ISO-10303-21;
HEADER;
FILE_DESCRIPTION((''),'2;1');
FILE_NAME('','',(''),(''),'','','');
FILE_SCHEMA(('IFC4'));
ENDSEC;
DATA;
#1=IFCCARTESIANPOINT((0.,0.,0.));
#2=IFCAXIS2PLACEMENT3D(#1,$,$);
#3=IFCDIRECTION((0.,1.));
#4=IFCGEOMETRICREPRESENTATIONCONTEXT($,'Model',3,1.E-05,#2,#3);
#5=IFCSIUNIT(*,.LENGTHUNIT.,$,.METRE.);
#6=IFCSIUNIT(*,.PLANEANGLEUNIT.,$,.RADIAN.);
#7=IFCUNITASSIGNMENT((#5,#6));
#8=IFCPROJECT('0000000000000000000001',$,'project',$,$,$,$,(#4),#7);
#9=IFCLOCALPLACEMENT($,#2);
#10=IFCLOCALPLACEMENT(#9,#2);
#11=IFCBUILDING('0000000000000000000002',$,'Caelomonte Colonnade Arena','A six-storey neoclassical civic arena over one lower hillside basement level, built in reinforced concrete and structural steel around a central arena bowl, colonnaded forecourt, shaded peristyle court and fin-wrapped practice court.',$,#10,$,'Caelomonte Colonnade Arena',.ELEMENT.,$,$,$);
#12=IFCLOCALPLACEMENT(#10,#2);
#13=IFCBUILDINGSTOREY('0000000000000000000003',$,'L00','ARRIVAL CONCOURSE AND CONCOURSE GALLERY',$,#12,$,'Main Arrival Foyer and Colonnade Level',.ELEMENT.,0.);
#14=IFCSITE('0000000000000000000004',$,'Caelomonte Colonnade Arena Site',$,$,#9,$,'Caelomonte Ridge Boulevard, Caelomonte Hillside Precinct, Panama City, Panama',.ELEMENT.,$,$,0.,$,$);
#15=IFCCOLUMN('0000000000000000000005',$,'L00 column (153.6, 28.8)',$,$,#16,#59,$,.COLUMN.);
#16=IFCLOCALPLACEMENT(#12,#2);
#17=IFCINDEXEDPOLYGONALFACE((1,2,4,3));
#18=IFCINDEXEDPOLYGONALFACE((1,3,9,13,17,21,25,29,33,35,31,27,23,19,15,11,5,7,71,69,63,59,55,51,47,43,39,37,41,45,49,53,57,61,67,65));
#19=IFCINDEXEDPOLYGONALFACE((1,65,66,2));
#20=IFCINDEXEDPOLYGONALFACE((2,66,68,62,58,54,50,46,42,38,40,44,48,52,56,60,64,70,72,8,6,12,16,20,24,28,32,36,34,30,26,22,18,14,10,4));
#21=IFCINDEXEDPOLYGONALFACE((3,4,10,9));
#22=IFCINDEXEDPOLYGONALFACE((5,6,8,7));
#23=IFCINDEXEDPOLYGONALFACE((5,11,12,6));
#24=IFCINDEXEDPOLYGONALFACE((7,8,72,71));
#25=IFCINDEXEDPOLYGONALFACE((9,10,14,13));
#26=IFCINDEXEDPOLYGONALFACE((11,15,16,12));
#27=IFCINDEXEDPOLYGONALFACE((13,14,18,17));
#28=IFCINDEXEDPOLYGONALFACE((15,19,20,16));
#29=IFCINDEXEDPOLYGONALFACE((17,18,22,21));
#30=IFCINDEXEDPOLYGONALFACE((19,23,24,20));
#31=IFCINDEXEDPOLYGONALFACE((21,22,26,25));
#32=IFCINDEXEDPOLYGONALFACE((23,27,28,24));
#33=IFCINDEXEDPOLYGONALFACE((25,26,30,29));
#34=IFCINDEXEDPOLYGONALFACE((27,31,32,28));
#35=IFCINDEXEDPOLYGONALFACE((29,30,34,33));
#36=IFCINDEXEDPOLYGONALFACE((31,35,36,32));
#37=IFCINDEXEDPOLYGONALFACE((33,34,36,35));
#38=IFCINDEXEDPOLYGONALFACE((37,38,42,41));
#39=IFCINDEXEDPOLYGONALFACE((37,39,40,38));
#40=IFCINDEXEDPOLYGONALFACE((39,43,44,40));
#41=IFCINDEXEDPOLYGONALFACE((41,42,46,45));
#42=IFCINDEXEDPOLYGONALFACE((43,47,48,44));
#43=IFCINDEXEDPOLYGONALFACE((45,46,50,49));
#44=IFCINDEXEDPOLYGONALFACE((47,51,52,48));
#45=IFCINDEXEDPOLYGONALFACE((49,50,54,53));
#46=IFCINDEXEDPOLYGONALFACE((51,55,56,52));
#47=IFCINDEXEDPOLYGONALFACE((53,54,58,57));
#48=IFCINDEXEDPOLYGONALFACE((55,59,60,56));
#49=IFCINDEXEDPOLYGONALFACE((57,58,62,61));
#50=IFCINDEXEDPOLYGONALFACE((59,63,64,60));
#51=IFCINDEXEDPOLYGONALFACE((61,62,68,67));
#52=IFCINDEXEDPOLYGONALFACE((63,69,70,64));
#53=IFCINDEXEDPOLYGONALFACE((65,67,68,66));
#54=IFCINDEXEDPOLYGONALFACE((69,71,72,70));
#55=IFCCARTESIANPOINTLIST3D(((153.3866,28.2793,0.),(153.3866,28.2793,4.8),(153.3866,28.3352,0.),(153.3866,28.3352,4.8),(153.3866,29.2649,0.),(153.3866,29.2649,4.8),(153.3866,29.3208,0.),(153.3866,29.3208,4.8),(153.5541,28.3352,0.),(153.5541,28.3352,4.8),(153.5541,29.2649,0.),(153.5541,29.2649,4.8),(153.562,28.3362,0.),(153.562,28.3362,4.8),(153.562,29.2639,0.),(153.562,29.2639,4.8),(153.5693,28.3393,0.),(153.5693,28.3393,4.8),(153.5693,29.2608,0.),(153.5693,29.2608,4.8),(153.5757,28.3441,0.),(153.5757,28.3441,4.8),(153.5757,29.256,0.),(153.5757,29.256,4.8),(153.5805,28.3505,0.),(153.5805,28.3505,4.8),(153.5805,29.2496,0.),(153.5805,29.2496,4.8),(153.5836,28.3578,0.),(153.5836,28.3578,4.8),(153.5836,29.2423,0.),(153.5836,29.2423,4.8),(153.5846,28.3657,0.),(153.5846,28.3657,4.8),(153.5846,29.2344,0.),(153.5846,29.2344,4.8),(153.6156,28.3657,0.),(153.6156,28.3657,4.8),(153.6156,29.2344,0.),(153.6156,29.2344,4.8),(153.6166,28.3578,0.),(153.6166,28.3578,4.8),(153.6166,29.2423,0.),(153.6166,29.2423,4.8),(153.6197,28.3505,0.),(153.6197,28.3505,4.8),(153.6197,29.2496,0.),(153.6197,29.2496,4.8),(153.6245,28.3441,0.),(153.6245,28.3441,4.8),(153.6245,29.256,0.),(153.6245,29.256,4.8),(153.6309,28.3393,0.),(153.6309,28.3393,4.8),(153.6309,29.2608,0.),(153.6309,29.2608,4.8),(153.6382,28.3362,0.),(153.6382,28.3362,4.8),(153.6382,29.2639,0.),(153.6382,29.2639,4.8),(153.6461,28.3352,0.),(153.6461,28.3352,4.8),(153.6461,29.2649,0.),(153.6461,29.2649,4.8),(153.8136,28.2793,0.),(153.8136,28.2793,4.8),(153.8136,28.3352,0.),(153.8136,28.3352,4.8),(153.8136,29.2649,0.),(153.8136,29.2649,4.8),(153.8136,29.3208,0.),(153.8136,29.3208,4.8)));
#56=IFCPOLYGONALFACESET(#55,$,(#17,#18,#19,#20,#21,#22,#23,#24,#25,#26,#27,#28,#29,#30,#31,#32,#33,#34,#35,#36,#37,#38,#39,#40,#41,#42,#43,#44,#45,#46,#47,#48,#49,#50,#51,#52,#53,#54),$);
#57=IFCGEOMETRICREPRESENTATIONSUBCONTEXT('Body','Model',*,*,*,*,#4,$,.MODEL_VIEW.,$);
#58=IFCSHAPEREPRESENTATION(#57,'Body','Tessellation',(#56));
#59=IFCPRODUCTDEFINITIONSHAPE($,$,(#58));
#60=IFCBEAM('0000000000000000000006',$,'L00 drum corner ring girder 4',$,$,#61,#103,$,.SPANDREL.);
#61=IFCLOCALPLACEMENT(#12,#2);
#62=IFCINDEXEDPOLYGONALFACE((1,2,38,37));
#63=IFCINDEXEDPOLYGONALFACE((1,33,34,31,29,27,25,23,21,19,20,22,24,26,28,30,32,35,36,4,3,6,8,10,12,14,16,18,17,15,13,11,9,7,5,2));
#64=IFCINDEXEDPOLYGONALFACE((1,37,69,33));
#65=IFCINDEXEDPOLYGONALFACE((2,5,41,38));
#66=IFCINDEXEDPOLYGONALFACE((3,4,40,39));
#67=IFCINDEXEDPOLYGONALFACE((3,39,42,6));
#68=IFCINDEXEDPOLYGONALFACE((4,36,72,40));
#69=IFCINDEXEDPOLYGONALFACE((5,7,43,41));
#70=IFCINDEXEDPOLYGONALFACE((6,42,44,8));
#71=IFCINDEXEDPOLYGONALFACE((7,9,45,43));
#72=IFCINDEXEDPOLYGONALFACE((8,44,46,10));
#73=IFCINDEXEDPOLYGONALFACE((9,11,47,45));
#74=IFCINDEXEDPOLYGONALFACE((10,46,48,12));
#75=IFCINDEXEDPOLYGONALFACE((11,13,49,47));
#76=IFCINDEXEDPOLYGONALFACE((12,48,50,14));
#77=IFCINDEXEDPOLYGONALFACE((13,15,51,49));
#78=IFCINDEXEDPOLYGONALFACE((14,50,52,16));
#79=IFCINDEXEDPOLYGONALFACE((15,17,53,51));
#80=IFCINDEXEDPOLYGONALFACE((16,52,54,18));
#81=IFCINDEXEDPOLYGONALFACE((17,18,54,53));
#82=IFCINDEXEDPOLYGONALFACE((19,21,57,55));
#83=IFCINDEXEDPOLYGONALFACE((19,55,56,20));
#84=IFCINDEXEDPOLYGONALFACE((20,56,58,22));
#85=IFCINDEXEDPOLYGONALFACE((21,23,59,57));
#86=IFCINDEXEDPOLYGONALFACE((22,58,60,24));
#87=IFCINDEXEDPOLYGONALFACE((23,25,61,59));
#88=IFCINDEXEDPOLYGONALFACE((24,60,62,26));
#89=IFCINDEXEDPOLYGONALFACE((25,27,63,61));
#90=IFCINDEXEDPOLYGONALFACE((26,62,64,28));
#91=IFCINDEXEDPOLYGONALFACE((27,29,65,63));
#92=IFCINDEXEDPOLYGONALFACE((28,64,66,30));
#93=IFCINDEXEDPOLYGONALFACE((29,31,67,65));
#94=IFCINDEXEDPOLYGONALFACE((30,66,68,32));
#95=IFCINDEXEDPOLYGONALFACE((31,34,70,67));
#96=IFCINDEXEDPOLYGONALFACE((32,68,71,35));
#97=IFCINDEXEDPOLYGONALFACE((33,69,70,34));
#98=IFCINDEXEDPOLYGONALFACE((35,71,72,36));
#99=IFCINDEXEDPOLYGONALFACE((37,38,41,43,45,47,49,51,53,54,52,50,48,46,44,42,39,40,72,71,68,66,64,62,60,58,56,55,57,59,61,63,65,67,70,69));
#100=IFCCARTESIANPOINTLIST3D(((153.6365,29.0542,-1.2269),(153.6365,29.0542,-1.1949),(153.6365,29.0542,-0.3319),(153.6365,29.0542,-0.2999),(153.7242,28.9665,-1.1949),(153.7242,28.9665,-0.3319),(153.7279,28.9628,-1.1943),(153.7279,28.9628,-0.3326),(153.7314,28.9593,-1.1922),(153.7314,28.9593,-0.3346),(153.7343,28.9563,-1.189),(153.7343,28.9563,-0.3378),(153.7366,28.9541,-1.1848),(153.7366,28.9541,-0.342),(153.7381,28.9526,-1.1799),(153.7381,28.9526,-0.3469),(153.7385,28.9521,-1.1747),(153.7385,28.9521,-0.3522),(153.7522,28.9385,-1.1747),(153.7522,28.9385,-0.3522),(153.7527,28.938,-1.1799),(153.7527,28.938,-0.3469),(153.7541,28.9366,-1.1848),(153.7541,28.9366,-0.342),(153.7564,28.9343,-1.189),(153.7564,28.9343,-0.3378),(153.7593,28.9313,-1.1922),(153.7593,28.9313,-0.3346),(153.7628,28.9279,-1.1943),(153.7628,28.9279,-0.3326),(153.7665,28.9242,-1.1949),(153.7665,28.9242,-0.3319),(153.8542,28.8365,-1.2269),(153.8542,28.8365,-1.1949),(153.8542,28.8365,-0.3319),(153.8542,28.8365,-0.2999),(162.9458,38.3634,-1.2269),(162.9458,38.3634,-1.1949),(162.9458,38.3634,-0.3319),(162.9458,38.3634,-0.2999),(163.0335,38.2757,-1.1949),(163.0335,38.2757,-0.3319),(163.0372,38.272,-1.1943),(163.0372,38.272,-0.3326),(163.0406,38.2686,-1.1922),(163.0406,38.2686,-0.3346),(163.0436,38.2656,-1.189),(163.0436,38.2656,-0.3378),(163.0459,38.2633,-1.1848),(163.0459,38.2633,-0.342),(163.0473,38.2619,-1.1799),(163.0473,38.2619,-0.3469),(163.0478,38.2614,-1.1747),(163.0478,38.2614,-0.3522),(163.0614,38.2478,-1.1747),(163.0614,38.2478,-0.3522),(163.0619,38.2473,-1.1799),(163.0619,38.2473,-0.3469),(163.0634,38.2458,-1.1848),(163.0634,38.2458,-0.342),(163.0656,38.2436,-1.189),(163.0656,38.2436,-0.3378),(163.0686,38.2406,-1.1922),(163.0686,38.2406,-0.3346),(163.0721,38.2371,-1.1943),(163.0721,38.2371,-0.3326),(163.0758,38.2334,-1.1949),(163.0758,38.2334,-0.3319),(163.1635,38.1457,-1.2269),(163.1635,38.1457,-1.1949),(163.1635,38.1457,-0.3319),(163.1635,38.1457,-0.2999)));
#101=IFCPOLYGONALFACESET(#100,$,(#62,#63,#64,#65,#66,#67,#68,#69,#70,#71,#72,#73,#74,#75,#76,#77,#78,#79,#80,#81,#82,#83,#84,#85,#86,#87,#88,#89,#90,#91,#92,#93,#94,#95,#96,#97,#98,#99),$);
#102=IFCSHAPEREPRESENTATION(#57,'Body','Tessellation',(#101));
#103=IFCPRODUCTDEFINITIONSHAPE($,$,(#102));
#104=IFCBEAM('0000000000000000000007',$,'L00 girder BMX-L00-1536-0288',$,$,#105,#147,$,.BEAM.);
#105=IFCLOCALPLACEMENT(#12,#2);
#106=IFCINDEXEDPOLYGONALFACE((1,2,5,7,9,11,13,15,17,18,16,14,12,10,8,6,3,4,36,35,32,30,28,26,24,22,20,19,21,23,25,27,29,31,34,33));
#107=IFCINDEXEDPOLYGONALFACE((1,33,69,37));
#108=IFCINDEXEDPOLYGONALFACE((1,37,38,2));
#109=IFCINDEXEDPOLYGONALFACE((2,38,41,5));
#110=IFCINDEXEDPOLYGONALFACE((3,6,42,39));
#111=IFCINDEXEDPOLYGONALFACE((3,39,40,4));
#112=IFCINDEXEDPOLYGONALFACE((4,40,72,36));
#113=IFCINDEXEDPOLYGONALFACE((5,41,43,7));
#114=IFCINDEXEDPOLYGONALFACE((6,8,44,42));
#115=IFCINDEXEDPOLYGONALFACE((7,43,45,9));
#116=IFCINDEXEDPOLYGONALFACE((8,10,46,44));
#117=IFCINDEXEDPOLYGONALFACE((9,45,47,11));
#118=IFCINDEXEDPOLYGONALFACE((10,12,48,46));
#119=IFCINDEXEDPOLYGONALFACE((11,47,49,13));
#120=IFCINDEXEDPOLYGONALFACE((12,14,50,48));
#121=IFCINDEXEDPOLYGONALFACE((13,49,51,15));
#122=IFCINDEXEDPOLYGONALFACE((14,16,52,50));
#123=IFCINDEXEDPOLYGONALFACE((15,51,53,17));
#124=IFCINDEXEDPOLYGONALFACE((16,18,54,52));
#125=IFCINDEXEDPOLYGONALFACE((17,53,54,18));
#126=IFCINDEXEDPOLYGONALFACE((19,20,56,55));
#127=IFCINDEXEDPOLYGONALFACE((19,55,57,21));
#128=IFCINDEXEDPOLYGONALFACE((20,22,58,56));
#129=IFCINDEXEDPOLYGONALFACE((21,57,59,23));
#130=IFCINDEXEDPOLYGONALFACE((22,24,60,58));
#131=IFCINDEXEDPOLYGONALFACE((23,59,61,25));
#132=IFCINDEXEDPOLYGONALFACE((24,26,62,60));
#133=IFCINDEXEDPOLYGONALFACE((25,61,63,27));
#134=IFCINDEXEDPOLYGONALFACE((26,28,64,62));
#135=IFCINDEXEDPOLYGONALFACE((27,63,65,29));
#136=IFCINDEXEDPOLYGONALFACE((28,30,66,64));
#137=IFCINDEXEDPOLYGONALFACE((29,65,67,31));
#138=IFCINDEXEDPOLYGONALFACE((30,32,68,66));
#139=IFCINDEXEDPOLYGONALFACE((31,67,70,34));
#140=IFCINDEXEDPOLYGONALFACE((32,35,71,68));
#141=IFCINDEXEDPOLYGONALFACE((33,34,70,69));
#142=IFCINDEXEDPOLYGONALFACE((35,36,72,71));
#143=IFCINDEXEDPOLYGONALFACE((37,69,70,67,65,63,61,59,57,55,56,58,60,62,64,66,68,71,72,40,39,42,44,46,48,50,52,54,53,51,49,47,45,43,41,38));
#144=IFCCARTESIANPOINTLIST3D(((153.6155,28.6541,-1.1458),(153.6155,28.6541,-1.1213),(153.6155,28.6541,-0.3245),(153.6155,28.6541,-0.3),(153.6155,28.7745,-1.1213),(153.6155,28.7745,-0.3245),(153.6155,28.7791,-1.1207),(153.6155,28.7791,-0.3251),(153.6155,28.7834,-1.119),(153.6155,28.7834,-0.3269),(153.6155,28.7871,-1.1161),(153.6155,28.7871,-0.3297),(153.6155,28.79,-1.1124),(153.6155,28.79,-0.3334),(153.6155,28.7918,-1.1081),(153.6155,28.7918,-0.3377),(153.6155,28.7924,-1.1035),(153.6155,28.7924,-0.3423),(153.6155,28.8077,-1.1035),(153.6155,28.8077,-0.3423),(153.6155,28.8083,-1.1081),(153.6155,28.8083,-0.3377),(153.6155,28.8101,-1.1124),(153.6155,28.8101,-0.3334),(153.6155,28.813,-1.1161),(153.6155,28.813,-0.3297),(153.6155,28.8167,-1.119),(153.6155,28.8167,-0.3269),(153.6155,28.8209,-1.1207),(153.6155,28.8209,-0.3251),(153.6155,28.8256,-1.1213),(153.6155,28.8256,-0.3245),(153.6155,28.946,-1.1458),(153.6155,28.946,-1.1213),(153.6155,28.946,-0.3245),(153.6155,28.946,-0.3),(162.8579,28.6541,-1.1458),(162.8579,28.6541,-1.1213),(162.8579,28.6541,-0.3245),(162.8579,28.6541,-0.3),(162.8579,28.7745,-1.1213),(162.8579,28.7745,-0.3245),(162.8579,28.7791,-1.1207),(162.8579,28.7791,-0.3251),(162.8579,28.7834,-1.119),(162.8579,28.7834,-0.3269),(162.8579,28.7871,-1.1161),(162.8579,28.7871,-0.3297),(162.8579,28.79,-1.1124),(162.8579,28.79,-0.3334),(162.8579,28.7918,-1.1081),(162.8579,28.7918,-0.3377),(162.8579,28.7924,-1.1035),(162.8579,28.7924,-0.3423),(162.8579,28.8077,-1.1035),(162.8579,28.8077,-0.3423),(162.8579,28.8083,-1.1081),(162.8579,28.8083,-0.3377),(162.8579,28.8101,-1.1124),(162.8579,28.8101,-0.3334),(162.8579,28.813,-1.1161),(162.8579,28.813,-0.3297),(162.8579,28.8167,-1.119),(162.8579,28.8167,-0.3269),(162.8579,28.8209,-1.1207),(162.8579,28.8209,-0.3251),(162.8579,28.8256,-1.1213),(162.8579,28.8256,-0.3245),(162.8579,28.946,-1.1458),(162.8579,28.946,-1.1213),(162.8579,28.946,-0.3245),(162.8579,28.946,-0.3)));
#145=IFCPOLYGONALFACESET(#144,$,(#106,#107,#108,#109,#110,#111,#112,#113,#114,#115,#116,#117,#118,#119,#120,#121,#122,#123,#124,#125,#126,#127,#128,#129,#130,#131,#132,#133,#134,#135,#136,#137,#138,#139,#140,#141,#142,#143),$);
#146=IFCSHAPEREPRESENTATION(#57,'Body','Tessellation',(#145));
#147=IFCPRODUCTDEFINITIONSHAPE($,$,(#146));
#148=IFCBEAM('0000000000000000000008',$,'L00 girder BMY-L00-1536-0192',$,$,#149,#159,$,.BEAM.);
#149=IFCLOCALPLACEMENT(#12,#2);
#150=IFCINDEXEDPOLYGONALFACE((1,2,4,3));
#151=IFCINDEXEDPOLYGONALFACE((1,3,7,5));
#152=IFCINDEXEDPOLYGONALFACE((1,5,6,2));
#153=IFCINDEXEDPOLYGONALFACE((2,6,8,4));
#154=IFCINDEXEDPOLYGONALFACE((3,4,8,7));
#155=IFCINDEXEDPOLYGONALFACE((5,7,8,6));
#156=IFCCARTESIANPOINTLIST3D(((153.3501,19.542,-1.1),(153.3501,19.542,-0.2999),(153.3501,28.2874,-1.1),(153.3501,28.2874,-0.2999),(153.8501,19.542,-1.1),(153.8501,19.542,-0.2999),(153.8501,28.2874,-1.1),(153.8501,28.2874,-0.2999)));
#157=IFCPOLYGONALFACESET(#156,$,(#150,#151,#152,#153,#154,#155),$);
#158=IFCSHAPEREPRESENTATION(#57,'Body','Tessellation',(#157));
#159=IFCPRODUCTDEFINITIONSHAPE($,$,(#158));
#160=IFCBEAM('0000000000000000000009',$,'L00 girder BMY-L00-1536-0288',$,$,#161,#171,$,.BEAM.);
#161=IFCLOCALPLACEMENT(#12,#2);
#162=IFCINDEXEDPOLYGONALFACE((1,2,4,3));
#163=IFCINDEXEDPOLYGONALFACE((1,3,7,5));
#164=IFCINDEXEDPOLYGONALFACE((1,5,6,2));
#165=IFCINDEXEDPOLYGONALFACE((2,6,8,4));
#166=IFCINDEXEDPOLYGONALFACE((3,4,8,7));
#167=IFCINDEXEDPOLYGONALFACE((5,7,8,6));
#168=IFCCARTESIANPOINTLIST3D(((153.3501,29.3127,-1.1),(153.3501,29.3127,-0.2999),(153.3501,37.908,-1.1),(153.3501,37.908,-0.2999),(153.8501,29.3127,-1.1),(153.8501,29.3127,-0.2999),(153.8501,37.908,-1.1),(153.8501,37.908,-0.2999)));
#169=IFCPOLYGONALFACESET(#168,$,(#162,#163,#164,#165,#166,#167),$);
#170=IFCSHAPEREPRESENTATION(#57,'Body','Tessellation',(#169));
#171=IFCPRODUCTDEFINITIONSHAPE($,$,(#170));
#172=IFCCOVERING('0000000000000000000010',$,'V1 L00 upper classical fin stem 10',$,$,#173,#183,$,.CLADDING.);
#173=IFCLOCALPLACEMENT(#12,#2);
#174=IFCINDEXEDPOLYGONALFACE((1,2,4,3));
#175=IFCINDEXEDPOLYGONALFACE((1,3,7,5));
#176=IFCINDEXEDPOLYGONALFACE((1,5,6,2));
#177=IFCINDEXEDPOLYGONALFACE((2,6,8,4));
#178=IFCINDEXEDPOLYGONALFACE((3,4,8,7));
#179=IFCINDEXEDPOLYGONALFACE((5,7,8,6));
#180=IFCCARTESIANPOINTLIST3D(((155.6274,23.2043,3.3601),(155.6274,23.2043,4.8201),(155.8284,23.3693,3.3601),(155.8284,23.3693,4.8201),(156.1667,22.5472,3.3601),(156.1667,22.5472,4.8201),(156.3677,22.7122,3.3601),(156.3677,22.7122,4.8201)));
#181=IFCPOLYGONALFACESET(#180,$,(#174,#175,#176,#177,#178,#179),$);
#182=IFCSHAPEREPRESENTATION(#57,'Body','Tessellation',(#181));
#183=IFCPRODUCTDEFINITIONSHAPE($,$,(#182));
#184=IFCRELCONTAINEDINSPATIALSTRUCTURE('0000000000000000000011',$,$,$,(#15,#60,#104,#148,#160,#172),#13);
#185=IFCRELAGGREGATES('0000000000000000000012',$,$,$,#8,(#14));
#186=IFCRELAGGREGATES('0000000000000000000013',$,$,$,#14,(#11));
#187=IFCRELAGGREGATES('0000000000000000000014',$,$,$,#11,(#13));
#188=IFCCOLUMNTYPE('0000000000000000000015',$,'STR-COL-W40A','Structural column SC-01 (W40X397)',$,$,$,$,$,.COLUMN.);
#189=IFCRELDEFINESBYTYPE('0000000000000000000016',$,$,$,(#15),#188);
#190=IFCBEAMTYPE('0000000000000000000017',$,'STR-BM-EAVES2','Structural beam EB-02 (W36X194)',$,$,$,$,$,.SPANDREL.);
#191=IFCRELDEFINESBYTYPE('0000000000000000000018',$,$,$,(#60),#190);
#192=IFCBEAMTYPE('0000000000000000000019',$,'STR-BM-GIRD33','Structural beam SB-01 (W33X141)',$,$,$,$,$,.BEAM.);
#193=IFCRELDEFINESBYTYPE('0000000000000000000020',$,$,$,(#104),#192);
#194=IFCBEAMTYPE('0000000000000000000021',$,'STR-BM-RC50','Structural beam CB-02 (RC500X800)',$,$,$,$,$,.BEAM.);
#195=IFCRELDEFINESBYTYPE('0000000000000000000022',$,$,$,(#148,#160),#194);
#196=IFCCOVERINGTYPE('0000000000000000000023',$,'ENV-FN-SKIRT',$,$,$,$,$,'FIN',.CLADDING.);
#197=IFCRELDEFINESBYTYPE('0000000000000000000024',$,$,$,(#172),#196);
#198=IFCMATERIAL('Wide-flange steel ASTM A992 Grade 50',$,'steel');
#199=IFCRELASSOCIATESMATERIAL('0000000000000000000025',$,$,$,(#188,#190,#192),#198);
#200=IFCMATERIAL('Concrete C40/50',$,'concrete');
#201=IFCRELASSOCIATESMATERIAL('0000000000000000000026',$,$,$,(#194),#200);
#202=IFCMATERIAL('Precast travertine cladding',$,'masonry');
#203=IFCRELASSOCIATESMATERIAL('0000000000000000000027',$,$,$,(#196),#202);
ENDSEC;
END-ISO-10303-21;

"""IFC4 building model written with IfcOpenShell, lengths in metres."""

from ifc_helpers import new_model, si_unit, direction, frame, origin, origin_2d, place, context, subcontext, project, spatial, rectangle, i_section, extrude, material, material_profile, profile_set, type_object, element, save


model = new_model("IFC4")

# Units and contexts
model_context = context("Model", 3, precision=1e-05, world=origin(), true_north=direction((0.0, 1.0)))
body_context = subcontext(model_context, "Body", "Model", "MODEL_VIEW")
ifc_project = project(units=[si_unit("LENGTHUNIT", "METRE"), si_unit("PLANEANGLEUNIT", "RADIAN")], contexts=[model_context])

# Site, building, storey
site_placement = place(None, origin())
site = spatial("IfcSite", under=ifc_project, at=site_placement, Name="Caelomonte Colonnade Arena Site", LongName="Caelomonte Ridge Boulevard, Caelomonte Hillside Precinct, Panama City, Panama", CompositionType="ELEMENT", RefElevation=0.0)
building_placement = place(site_placement, origin())
building = spatial("IfcBuilding", under=site, at=building_placement, Name="Caelomonte Colonnade Arena", Description="A six-storey neoclassical civic arena over one lower hillside basement level, built in reinforced concrete and structural steel around a central arena bowl, colonnaded forecourt, shaded peristyle court and fin-wrapped practice court.", LongName="Caelomonte Colonnade Arena", CompositionType="ELEMENT")
storey_placement = place(building_placement, origin())
storey = spatial("IfcBuildingStorey", under=building, at=storey_placement, Name="L00", Description="ARRIVAL CONCOURSE AND CONCOURSE GALLERY", LongName="Main Arrival Foyer and Colonnade Level", CompositionType="ELEMENT", Elevation=0.0)

# Column
ifc_material_1 = material(Name="Wide-flange steel ASTM A992 Grade 50", Category="steel")
ifc_material_profile_1 = material_profile(ifc_material_1, i_section(OverallWidth=0.427, OverallDepth=1.0415, WebThickness=0.031, FlangeThickness=0.0559, FilletRadius=0.0305, at=origin_2d()), Name="W40X397")
ifc_profile_set_1 = profile_set([ifc_material_profile_1], Name="Wide-flange steel ASTM A992 Grade 50")
column_type = type_object("IfcColumnType", Name="STR-COL-W40A", Description="Structural column SC-01 (W40X397)", PredefinedType="COLUMN", material=ifc_profile_set_1)
column_placement = place(storey_placement, frame((153.6001, 28.8, 0.0), z_axis=(0.0, 0.0, 1.0), x_axis=(1.0, 0.0, 0.0)))
element("IfcColumn", 1, at=column_placement, inside=storey, type_object=column_type, Name="L00 column (153.6, 28.8)", PredefinedType="COLUMN", context=body_context, shape_type="SweptSolid", body=[
    extrude(i_section(OverallWidth=0.427, OverallDepth=1.0415, WebThickness=0.031, FlangeThickness=0.0559, FilletRadius=0.0305, at=origin_2d()), origin(), (0.0, 0.0, 1.0), 4.8),
])

# Beams
ifc_material_profile_2 = material_profile(ifc_material_1, i_section(OverallWidth=0.3079, OverallDepth=0.927, WebThickness=0.0193, FlangeThickness=0.032, FilletRadius=0.0203, at=origin_2d()), Name="W36X194")
ifc_profile_set_2 = profile_set([ifc_material_profile_2], Name="Wide-flange steel ASTM A992 Grade 50")
beam_type_1 = type_object("IfcBeamType", Name="STR-BM-EAVES2", Description="Structural beam EB-02 (W36X194)", PredefinedType="SPANDREL", material=ifc_profile_set_2)
beam_1_placement = place(storey_placement, frame((153.7454, 28.9453, -0.7634), z_axis=(0.707107, 0.707107, 0.0), x_axis=(-0.707107, 0.707107, 0.0)))
element("IfcBeam", 2, at=beam_1_placement, inside=storey, type_object=beam_type_1, Name="L00 drum corner ring girder 4", PredefinedType="SPANDREL", context=body_context, shape_type="SweptSolid", body=[
    extrude(i_section(OverallWidth=0.3079, OverallDepth=0.927, WebThickness=0.0193, FlangeThickness=0.032, FilletRadius=0.0203, at=origin_2d()), origin(), (0.0, 0.0, 1.0), 13.1653),
])
ifc_material_profile_3 = material_profile(ifc_material_1, i_section(OverallWidth=0.292, OverallDepth=0.8457, WebThickness=0.0154, FlangeThickness=0.0244, FilletRadius=0.0178, at=origin_2d()), Name="W33X141")
ifc_profile_set_3 = profile_set([ifc_material_profile_3], Name="Wide-flange steel ASTM A992 Grade 50")
beam_type_2 = type_object("IfcBeamType", Name="STR-BM-GIRD33", Description="Structural beam SB-01 (W33X141)", PredefinedType="BEAM", material=ifc_profile_set_3)
beam_2_placement = place(storey_placement, frame((153.6155, 28.8, -0.7229), z_axis=(1.0, 0.0, 0.0), x_axis=(0.0, 1.0, 0.0)))
element("IfcBeam", 3, at=beam_2_placement, inside=storey, type_object=beam_type_2, Name="L00 girder BMX-L00-1536-0288", PredefinedType="BEAM", context=body_context, shape_type="SweptSolid", body=[
    extrude(i_section(OverallWidth=0.292, OverallDepth=0.8457, WebThickness=0.0154, FlangeThickness=0.0244, FilletRadius=0.0178, at=origin_2d()), origin(), (0.0, 0.0, 1.0), 9.2424),
])
ifc_material_2 = material(Name="Concrete C40/50", Category="concrete")
ifc_material_profile_4 = material_profile(ifc_material_2, rectangle(XDim=0.5, YDim=0.8, at=origin_2d()), Name="RC500X800")
ifc_profile_set_4 = profile_set([ifc_material_profile_4], Name="Concrete C40/50")
beam_type_3 = type_object("IfcBeamType", Name="STR-BM-RC50", Description="Structural beam CB-02 (RC500X800)", PredefinedType="BEAM", material=ifc_profile_set_4)
beam_3_placement = place(storey_placement, frame((153.6001, 19.542, -0.7), z_axis=(0.0, 1.0, 0.0), x_axis=(-1.0, 0.0, 0.0)))
element("IfcBeam", 4, at=beam_3_placement, inside=storey, type_object=beam_type_3, Name="L00 girder BMY-L00-1536-0192", PredefinedType="BEAM", context=body_context, shape_type="SweptSolid", body=[
    extrude(rectangle(XDim=0.5, YDim=0.8, at=origin_2d()), origin(), (0.0, 0.0, 1.0), 8.7454),
])
beam_4_placement = place(storey_placement, frame((153.6001, 29.3127, -0.7), z_axis=(0.0, 1.0, 0.0), x_axis=(-1.0, 0.0, 0.0)))
element("IfcBeam", 5, at=beam_4_placement, inside=storey, type_object=beam_type_3, Name="L00 girder BMY-L00-1536-0288", PredefinedType="BEAM", context=body_context, shape_type="SweptSolid", body=[
    extrude(rectangle(XDim=0.5, YDim=0.8, at=origin_2d()), origin(), (0.0, 0.0, 1.0), 8.5952),
])

# Covering
ifc_material_3 = material(Name="Precast travertine cladding", Category="masonry")
ifc_material_profile_5 = material_profile(ifc_material_3, rectangle(XDim=0.26, YDim=0.8501, at=origin_2d()), Name="FIN260X850")
ifc_profile_set_5 = profile_set([ifc_material_profile_5], Name="Precast travertine cladding")
covering_type = type_object("IfcCoveringType", Name="ENV-FN-SKIRT", ElementType="FIN", PredefinedType="CLADDING", material=ifc_profile_set_5)
covering_1_placement = place(storey_placement, frame((155.9976, 22.9583, 3.3601), z_axis=(0.0, 0.0, 1.0), x_axis=(-0.772994, -0.634414, 0.0)))
element("IfcCovering", 6, at=covering_1_placement, inside=storey, type_object=covering_type, Name="V1 L00 upper classical fin stem 10", PredefinedType="CLADDING", context=body_context, shape_type="SweptSolid", body=[
    extrude(rectangle(XDim=0.26, YDim=0.8501, at=origin_2d()), origin(), (0.0, 0.0, 1.0), 1.46),
])

save(model, "model.ifc")
